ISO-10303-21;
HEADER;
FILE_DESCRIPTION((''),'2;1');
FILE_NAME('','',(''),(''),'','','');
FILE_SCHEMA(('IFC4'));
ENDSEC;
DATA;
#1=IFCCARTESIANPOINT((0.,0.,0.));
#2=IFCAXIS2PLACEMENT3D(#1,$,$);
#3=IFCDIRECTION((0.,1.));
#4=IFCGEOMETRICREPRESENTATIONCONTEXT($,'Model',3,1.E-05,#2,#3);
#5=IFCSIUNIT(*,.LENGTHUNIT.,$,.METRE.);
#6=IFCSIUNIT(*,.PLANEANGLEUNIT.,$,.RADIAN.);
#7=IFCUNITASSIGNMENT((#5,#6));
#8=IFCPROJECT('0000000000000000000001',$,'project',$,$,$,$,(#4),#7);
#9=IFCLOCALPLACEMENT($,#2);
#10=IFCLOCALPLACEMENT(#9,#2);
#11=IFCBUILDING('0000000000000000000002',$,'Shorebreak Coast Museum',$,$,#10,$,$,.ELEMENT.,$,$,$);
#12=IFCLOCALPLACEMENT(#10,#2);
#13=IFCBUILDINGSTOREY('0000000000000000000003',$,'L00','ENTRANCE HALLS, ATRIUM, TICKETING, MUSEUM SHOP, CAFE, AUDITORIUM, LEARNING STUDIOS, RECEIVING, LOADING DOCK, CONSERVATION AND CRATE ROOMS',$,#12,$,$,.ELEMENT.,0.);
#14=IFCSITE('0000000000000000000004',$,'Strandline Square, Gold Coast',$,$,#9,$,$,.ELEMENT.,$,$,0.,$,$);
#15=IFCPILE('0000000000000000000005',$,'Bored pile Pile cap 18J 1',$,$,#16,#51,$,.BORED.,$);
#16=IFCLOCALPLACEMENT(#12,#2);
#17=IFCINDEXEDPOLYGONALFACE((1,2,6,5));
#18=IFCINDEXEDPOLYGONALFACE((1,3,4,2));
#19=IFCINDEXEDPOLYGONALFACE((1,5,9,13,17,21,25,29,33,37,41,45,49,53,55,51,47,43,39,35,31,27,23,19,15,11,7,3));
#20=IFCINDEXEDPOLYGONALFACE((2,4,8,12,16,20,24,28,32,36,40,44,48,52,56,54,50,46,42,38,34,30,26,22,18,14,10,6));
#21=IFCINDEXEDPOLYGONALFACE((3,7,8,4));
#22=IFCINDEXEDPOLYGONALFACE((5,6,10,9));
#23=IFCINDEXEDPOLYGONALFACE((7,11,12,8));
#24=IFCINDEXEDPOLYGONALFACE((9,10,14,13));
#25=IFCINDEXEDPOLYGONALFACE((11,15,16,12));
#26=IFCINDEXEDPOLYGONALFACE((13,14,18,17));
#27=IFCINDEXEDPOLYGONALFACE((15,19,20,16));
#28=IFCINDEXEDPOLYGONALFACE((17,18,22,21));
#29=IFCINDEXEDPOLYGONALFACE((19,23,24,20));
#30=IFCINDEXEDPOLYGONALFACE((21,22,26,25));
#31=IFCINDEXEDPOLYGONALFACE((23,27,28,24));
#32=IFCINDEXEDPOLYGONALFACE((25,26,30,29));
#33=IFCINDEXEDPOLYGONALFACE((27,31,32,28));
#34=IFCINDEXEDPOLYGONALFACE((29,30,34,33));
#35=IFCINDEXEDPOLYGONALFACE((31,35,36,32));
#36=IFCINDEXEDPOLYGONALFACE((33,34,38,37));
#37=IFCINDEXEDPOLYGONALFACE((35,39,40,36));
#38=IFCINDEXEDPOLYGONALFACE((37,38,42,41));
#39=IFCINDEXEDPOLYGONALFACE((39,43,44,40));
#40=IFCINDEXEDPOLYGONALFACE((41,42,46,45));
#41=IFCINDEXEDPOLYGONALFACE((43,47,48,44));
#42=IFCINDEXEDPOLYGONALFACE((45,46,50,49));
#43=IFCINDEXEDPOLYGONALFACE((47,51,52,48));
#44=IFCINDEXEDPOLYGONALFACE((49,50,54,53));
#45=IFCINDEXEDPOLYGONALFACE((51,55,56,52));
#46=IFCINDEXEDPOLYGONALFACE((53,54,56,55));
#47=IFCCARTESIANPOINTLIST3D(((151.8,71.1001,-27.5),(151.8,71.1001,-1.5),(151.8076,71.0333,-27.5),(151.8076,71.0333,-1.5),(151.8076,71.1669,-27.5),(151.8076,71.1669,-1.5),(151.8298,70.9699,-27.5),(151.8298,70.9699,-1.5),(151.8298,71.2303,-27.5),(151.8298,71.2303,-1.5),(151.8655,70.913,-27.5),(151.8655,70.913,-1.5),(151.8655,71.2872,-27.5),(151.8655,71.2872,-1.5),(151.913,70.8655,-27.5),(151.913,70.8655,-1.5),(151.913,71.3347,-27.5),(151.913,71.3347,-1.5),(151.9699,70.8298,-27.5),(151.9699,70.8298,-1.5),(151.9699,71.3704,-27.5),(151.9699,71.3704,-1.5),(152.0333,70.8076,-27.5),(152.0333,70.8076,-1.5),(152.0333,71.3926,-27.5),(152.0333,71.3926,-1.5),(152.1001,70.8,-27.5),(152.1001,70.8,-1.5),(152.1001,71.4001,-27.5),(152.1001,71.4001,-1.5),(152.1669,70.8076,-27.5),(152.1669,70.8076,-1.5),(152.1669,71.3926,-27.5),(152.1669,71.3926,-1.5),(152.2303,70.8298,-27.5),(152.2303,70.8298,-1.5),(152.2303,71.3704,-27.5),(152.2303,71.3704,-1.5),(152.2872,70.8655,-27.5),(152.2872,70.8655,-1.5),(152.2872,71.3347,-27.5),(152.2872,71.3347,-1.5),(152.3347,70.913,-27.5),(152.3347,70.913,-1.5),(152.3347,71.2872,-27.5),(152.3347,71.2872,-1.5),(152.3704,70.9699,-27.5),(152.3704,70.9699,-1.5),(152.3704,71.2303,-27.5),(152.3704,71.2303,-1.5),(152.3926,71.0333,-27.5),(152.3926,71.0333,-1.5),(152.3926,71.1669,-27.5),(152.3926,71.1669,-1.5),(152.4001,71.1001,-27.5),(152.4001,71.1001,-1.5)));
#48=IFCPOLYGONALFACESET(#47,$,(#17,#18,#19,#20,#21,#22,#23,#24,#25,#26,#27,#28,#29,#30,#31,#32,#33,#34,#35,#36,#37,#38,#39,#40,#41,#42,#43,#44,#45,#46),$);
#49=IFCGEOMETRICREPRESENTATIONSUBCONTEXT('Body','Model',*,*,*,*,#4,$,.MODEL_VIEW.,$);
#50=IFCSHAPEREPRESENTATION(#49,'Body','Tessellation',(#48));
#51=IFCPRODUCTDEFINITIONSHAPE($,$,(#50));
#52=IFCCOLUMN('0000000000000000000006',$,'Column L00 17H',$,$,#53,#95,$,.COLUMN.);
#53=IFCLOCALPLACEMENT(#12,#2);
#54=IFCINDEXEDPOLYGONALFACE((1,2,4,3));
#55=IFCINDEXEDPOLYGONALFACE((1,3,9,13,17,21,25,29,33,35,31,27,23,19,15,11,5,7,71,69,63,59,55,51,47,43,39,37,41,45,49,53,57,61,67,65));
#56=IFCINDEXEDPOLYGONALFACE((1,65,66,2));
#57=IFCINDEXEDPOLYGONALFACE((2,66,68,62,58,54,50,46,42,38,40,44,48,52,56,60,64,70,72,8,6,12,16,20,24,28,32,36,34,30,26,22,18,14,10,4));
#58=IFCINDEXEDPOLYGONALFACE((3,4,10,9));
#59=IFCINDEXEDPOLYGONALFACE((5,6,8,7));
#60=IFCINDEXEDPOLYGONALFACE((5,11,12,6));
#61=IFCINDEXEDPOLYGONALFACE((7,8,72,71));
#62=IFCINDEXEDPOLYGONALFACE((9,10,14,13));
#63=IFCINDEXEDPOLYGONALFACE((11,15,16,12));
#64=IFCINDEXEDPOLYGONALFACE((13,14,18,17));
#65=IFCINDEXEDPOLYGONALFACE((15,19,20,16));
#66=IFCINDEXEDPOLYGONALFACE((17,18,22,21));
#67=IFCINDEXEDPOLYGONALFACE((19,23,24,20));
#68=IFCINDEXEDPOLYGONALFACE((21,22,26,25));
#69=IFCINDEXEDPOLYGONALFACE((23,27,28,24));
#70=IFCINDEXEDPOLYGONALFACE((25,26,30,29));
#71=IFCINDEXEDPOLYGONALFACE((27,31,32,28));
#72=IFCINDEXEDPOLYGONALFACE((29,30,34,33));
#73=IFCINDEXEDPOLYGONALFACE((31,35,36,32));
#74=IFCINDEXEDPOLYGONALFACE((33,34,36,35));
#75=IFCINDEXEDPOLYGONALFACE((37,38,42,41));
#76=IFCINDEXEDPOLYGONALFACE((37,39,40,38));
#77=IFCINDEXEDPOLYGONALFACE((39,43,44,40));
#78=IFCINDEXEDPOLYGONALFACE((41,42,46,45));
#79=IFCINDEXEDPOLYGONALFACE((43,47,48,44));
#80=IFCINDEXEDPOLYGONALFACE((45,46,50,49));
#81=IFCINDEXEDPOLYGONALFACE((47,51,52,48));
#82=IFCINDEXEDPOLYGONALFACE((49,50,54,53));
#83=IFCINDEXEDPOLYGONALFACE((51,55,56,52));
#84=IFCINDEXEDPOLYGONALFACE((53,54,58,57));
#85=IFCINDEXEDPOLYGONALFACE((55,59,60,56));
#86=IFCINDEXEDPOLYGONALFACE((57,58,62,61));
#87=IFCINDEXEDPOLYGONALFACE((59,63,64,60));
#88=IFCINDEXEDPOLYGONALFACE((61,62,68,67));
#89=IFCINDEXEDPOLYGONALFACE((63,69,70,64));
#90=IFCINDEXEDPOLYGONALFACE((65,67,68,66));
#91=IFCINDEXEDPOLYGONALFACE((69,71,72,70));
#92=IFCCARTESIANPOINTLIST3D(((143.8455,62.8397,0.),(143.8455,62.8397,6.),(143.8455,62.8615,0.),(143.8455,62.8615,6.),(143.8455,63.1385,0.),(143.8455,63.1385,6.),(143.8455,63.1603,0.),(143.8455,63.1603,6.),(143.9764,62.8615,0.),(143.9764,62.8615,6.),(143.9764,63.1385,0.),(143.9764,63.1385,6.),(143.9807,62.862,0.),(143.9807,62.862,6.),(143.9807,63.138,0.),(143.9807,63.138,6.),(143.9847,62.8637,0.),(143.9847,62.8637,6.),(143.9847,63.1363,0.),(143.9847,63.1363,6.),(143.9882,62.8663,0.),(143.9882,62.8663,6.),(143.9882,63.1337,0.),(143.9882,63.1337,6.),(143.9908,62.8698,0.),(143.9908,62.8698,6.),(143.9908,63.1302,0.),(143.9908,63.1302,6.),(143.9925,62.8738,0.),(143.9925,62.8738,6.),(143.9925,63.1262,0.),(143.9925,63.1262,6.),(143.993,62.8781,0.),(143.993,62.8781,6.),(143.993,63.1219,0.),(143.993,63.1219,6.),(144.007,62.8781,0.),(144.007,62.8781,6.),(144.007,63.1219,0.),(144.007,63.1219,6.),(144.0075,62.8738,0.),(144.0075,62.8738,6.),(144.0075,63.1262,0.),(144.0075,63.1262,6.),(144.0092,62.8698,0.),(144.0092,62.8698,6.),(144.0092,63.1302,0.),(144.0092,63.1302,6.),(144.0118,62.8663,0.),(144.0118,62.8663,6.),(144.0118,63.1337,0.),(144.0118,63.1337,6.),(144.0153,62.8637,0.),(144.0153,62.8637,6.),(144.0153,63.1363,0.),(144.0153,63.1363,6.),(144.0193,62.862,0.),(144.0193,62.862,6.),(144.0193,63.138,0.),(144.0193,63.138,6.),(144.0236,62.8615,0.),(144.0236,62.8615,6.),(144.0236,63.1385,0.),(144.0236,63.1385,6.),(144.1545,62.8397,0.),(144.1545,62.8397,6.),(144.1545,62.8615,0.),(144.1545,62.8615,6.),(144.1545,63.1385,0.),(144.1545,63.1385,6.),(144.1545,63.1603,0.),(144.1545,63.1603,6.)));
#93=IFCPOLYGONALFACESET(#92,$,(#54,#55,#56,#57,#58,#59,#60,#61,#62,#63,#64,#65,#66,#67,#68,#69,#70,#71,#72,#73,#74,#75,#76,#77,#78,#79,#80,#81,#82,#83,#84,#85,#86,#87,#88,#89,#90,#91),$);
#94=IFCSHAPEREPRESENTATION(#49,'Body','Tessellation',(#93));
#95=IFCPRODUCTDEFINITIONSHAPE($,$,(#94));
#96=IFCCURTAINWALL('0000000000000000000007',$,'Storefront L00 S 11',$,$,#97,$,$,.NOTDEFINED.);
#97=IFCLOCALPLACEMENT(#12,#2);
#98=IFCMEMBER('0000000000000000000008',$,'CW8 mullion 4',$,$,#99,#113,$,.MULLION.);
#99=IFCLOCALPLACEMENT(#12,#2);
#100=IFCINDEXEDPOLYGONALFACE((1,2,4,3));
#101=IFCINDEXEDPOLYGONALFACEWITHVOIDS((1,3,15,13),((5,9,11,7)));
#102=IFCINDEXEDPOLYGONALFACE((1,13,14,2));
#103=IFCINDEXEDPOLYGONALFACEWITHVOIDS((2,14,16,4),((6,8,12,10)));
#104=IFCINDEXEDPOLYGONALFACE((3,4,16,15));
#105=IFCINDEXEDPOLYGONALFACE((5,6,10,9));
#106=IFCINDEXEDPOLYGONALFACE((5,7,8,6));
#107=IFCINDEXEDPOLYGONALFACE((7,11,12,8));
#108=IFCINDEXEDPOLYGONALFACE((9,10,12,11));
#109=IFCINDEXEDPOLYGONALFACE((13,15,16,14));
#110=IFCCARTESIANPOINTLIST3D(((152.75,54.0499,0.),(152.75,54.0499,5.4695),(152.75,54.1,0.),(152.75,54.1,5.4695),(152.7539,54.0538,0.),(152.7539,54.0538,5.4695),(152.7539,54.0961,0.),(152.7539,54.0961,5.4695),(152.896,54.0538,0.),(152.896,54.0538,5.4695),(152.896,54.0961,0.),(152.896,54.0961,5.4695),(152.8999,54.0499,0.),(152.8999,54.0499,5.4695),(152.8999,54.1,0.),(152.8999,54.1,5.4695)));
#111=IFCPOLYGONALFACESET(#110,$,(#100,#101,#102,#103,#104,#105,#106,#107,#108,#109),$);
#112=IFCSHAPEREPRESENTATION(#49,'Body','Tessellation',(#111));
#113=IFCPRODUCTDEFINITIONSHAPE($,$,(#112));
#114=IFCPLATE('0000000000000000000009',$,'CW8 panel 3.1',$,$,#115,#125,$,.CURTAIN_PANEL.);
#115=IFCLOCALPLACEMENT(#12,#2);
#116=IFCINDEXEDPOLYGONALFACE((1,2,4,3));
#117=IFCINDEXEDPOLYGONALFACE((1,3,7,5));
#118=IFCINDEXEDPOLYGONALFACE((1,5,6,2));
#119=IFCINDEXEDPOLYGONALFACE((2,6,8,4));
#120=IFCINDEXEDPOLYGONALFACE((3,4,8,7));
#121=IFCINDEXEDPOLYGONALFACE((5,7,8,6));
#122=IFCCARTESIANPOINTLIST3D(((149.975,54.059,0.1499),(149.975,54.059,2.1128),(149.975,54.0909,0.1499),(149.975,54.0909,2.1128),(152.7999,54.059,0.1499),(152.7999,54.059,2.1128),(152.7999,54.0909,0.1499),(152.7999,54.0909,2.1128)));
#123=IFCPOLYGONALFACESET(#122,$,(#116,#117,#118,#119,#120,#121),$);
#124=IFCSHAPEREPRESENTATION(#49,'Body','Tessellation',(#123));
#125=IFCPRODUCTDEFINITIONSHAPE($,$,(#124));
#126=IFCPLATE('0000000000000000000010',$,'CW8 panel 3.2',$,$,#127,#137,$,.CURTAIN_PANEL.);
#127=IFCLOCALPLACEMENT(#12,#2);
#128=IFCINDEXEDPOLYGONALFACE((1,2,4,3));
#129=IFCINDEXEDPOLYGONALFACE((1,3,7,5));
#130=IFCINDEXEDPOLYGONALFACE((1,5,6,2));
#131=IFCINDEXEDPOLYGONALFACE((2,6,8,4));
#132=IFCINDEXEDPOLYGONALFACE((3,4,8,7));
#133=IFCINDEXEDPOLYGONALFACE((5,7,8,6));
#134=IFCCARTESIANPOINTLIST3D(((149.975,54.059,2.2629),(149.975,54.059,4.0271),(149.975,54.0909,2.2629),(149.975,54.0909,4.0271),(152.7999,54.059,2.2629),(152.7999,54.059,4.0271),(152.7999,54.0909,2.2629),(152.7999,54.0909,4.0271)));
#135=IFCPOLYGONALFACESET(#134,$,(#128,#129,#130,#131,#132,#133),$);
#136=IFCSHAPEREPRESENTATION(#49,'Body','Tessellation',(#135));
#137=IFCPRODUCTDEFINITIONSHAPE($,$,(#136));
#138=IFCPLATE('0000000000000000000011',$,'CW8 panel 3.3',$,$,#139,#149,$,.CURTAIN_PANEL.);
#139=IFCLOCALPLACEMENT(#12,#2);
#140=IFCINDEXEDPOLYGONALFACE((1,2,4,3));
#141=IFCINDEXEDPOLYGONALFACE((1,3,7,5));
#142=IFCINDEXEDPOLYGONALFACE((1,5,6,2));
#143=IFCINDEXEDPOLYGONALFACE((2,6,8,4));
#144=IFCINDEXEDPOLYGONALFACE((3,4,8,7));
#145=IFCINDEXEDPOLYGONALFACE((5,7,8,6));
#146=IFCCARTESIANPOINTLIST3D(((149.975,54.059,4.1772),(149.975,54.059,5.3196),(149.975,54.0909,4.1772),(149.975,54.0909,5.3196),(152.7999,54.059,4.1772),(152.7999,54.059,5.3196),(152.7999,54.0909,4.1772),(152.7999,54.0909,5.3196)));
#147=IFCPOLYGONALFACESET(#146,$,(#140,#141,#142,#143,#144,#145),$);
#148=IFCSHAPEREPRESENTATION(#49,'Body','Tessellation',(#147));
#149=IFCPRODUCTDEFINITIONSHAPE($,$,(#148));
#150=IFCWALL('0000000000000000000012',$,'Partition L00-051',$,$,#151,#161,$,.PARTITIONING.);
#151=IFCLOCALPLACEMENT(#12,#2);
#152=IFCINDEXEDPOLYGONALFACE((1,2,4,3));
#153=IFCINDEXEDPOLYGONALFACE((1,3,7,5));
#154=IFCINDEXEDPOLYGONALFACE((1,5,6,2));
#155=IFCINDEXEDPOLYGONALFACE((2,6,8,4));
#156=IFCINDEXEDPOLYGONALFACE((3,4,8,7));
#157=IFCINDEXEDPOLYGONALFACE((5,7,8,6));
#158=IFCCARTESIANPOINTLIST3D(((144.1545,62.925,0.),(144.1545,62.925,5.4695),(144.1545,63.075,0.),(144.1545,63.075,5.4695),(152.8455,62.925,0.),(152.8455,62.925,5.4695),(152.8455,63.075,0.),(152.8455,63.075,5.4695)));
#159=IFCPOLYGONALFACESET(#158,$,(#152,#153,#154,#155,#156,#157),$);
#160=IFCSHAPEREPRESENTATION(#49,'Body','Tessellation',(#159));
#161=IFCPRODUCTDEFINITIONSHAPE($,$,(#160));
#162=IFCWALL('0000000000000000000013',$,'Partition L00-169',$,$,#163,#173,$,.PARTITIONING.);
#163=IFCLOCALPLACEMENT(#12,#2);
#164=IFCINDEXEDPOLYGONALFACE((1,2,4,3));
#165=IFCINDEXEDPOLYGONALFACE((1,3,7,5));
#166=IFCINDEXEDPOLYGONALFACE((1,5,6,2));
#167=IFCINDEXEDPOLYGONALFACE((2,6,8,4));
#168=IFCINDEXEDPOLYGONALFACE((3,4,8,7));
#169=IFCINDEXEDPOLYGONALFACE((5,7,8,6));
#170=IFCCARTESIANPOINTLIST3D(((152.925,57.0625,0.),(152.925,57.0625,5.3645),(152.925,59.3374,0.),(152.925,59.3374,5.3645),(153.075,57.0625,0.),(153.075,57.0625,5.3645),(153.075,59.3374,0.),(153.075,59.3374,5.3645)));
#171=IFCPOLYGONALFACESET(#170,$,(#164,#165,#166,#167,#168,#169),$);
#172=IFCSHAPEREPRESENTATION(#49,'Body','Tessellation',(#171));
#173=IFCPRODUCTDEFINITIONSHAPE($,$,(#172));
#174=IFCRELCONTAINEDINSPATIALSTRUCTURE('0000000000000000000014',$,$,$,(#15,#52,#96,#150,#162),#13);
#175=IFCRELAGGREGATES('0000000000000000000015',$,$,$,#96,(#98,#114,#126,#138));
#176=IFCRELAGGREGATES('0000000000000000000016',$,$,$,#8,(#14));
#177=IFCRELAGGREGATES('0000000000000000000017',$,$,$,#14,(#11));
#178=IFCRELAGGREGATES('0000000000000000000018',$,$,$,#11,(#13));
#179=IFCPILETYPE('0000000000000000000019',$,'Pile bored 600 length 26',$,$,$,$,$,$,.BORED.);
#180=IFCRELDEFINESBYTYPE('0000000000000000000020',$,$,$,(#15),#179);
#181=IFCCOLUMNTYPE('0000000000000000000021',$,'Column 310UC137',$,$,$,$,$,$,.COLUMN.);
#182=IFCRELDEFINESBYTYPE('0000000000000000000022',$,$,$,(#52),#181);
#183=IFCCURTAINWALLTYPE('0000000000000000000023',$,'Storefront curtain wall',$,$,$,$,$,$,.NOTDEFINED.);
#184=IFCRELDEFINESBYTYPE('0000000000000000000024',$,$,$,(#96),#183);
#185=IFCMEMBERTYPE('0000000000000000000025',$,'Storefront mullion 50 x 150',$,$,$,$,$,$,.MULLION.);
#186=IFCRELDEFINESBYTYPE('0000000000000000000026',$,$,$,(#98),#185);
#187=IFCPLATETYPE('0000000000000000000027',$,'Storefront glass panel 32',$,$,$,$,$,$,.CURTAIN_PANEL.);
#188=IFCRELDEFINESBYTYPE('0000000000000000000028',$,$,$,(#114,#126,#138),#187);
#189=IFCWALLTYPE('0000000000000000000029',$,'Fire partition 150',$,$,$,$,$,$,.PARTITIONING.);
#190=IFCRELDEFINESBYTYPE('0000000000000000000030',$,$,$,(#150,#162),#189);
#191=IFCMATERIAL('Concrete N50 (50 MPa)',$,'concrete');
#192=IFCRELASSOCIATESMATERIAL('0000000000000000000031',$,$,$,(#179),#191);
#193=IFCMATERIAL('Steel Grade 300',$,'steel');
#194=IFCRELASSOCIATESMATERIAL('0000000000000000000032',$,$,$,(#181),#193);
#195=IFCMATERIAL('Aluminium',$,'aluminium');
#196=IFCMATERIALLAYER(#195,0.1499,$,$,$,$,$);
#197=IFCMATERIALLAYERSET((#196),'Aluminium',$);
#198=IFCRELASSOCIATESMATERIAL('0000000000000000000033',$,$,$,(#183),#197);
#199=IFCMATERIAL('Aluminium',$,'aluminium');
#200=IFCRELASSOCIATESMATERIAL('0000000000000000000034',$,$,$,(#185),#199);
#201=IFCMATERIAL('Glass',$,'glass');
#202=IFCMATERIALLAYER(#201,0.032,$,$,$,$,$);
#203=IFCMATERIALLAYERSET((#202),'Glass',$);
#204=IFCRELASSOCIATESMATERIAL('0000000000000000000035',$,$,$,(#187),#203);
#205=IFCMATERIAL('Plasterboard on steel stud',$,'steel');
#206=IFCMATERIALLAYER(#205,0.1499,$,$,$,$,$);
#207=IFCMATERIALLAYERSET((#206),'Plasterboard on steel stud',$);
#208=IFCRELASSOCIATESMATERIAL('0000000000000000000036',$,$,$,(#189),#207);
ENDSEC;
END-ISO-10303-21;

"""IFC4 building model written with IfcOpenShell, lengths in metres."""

from ifc_helpers import new_model, si_unit, direction, frame, frame_2d, origin, origin_2d, place, context, subcontext, project, spatial, rectangle, hollow_rectangle, circle, i_section, extrude, material, layer, layer_set, material_profile, profile_set, type_object, element, aggregate, save


model = new_model("IFC4")

# Units and contexts
model_context = context("Model", 3, precision=1e-05, world=origin(), true_north=direction((0.0, 1.0)))
body_context = subcontext(model_context, "Body", "Model", "MODEL_VIEW")
ifc_project = project(units=[si_unit("LENGTHUNIT", "METRE"), si_unit("PLANEANGLEUNIT", "RADIAN")], contexts=[model_context])

# Site, building, storey
site_placement = place(None, origin())
site = spatial("IfcSite", under=ifc_project, at=site_placement, Name="Strandline Square, Gold Coast", CompositionType="ELEMENT", RefElevation=0.0)
building_placement = place(site_placement, origin())
building = spatial("IfcBuilding", under=site, at=building_placement, Name="Shorebreak Coast Museum", CompositionType="ELEMENT")
storey_placement = place(building_placement, origin())
storey = spatial("IfcBuildingStorey", under=building, at=storey_placement, Name="L00", Description="ENTRANCE HALLS, ATRIUM, TICKETING, MUSEUM SHOP, CAFE, AUDITORIUM, LEARNING STUDIOS, RECEIVING, LOADING DOCK, CONSERVATION AND CRATE ROOMS", CompositionType="ELEMENT", Elevation=0.0)

# Pile
ifc_material_1 = material(Name="Concrete N50 (50 MPa)", Category="concrete")
ifc_material_profile_1 = material_profile(ifc_material_1, circle(Radius=0.3, at=origin_2d()), Name="Pile bored 600 length 26")
ifc_profile_set_1 = profile_set([ifc_material_profile_1], Name="Concrete N50 (50 MPa)")
pile_type = type_object("IfcPileType", Name="Pile bored 600 length 26", PredefinedType="BORED", material=ifc_profile_set_1)
for number, where, z_axis, x_axis, name in (
    (1, (152.1001, 71.1001, -1.5), (0.0, 0.0, -1.0), (1.0, 0.0, 0.0), "Bored pile Pile cap 18J 1"),
):
    element("IfcPile", number, at=place(storey_placement, frame(where, z_axis=z_axis, x_axis=x_axis)), inside=storey, type_object=pile_type, Name=name, PredefinedType="BORED", context=body_context, shape_type="SweptSolid", body=[
        extrude(circle(Radius=0.3, at=origin_2d()), origin(), (0.0, 0.0, 1.0), 26.0),
    ])

# Column
ifc_material_2 = material(Name="Steel Grade 300", Category="steel")
ifc_material_profile_2 = material_profile(ifc_material_2, i_section(OverallWidth=0.3091, OverallDepth=0.3206, WebThickness=0.0139, FlangeThickness=0.0217, FilletRadius=0.0166, at=origin_2d()), Name="310UC137")
ifc_profile_set_2 = profile_set([ifc_material_profile_2], Name="Steel Grade 300")
column_type = type_object("IfcColumnType", Name="Column 310UC137", PredefinedType="COLUMN", material=ifc_profile_set_2)
column_placement = place(storey_placement, frame((144.0, 63.0, 0.0), z_axis=(0.0, 0.0, 1.0), x_axis=(1.0, 0.0, 0.0)))
element("IfcColumn", 2, at=column_placement, inside=storey, type_object=column_type, Name="Column L00 17H", PredefinedType="COLUMN", context=body_context, shape_type="SweptSolid", body=[
    extrude(i_section(OverallWidth=0.3091, OverallDepth=0.3206, WebThickness=0.0139, FlangeThickness=0.0217, FilletRadius=0.0166, at=origin_2d()), origin(), (0.0, 0.0, 1.0), 6.0),
])

# Curtain wall, member, plates
ifc_material_3 = material(Name="Aluminium", Category="aluminium")
ifc_layer_1 = layer(ifc_material_3, 0.1499)
ifc_layer_set_1 = layer_set([ifc_layer_1], Name="Aluminium")
curtain_wall_type = type_object("IfcCurtainWallType", Name="Storefront curtain wall", PredefinedType="NOTDEFINED", material=ifc_layer_set_1)
curtain_wall_placement = place(storey_placement, origin())
curtain_wall = element("IfcCurtainWall", 3, at=curtain_wall_placement, inside=storey, type_object=curtain_wall_type, Name="Storefront L00 S 11", PredefinedType="NOTDEFINED")
ifc_material_4 = material(Name="Aluminium", Category="aluminium")
ifc_material_profile_3 = material_profile(ifc_material_4, hollow_rectangle(XDim=0.05, YDim=0.1499, WallThickness=0.0039, at=origin_2d()), Name="AL 150x50 RHS")
ifc_profile_set_3 = profile_set([ifc_material_profile_3], Name="Aluminium")
member_type = type_object("IfcMemberType", Name="Storefront mullion 50 x 150", PredefinedType="MULLION", material=ifc_profile_set_3)
member_placement = place(storey_placement, frame((152.825, 54.075, 0.0), z_axis=(0.0, 0.0, 1.0), x_axis=(0.0, 1.0, 0.0)))
member = element("IfcMember", 4, at=member_placement, type_object=member_type, Name="CW8 mullion 4", PredefinedType="MULLION", context=body_context, shape_type="SweptSolid", body=[
    extrude(hollow_rectangle(XDim=0.05, YDim=0.1499, WallThickness=0.0039, at=origin_2d()), origin(), (0.0, 0.0, 1.0), 5.4695),
])
ifc_material_5 = material(Name="Glass", Category="glass")
ifc_layer_2 = layer(ifc_material_5, 0.032)
ifc_layer_set_2 = layer_set([ifc_layer_2], Name="Glass")
plate_type = type_object("IfcPlateType", Name="Storefront glass panel 32", PredefinedType="CURTAIN_PANEL", material=ifc_layer_set_2)
plate_1_placement = place(storey_placement, frame((151.3875, 54.075, 0.1499), z_axis=(0.0, 0.0, 1.0), x_axis=(1.0, 0.0, 0.0)))
plate_1 = element("IfcPlate", 5, at=plate_1_placement, type_object=plate_type, Name="CW8 panel 3.1", PredefinedType="CURTAIN_PANEL", context=body_context, shape_type="SweptSolid", body=[
    extrude(rectangle(XDim=2.825, YDim=0.032, at=origin_2d()), origin(), (0.0, 0.0, 1.0), 1.9629),
])
plate_2_placement = place(storey_placement, frame((151.3875, 54.075, 2.2629), z_axis=(0.0, 0.0, 1.0), x_axis=(1.0, 0.0, 0.0)))
plate_2 = element("IfcPlate", 6, at=plate_2_placement, type_object=plate_type, Name="CW8 panel 3.2", PredefinedType="CURTAIN_PANEL", context=body_context, shape_type="SweptSolid", body=[
    extrude(rectangle(XDim=2.825, YDim=0.032, at=origin_2d()), origin(), (0.0, 0.0, 1.0), 1.7642),
])
plate_3_placement = place(storey_placement, frame((151.3875, 54.075, 4.1772), z_axis=(0.0, 0.0, 1.0), x_axis=(1.0, 0.0, 0.0)))
plate_3 = element("IfcPlate", 7, at=plate_3_placement, type_object=plate_type, Name="CW8 panel 3.3", PredefinedType="CURTAIN_PANEL", context=body_context, shape_type="SweptSolid", body=[
    extrude(rectangle(XDim=2.825, YDim=0.032, at=origin_2d()), origin(), (0.0, 0.0, 1.0), 1.1423),
])
aggregate(curtain_wall, [member, plate_1, plate_2, plate_3])

# Walls
ifc_material_6 = material(Name="Plasterboard on steel stud", Category="steel")
ifc_layer_3 = layer(ifc_material_6, 0.1499)
ifc_layer_set_3 = layer_set([ifc_layer_3], Name="Plasterboard on steel stud")
wall_type_1 = type_object("IfcWallType", Name="Fire partition 150", PredefinedType="PARTITIONING", material=ifc_layer_set_3)
wall_1_placement = place(storey_placement, frame((144.1545, 63.0, 0.0), z_axis=(0.0, 0.0, 1.0), x_axis=(1.0, 0.0, 0.0)))
element("IfcWall", 8, at=wall_1_placement, inside=storey, type_object=wall_type_1, Name="Partition L00-051", PredefinedType="PARTITIONING", context=body_context, shape_type="SweptSolid", body=[
    extrude(rectangle(XDim=8.6909, YDim=0.1499, at=frame_2d((4.3455, 0.0))), origin(), (0.0, 0.0, 1.0), 5.4695),
])
wall_2_placement = place(storey_placement, frame((153.0, 57.0625, 0.0), z_axis=(0.0, 0.0, 1.0), x_axis=(0.0, 1.0, 0.0)))
element("IfcWall", 9, at=wall_2_placement, inside=storey, type_object=wall_type_1, Name="Partition L00-169", PredefinedType="PARTITIONING", context=body_context, shape_type="SweptSolid", body=[
    extrude(rectangle(XDim=2.2749, YDim=0.1499, at=frame_2d((1.1375, 0.0))), origin(), (0.0, 0.0, 1.0), 5.3645),
])

save(model, "model.ifc")
